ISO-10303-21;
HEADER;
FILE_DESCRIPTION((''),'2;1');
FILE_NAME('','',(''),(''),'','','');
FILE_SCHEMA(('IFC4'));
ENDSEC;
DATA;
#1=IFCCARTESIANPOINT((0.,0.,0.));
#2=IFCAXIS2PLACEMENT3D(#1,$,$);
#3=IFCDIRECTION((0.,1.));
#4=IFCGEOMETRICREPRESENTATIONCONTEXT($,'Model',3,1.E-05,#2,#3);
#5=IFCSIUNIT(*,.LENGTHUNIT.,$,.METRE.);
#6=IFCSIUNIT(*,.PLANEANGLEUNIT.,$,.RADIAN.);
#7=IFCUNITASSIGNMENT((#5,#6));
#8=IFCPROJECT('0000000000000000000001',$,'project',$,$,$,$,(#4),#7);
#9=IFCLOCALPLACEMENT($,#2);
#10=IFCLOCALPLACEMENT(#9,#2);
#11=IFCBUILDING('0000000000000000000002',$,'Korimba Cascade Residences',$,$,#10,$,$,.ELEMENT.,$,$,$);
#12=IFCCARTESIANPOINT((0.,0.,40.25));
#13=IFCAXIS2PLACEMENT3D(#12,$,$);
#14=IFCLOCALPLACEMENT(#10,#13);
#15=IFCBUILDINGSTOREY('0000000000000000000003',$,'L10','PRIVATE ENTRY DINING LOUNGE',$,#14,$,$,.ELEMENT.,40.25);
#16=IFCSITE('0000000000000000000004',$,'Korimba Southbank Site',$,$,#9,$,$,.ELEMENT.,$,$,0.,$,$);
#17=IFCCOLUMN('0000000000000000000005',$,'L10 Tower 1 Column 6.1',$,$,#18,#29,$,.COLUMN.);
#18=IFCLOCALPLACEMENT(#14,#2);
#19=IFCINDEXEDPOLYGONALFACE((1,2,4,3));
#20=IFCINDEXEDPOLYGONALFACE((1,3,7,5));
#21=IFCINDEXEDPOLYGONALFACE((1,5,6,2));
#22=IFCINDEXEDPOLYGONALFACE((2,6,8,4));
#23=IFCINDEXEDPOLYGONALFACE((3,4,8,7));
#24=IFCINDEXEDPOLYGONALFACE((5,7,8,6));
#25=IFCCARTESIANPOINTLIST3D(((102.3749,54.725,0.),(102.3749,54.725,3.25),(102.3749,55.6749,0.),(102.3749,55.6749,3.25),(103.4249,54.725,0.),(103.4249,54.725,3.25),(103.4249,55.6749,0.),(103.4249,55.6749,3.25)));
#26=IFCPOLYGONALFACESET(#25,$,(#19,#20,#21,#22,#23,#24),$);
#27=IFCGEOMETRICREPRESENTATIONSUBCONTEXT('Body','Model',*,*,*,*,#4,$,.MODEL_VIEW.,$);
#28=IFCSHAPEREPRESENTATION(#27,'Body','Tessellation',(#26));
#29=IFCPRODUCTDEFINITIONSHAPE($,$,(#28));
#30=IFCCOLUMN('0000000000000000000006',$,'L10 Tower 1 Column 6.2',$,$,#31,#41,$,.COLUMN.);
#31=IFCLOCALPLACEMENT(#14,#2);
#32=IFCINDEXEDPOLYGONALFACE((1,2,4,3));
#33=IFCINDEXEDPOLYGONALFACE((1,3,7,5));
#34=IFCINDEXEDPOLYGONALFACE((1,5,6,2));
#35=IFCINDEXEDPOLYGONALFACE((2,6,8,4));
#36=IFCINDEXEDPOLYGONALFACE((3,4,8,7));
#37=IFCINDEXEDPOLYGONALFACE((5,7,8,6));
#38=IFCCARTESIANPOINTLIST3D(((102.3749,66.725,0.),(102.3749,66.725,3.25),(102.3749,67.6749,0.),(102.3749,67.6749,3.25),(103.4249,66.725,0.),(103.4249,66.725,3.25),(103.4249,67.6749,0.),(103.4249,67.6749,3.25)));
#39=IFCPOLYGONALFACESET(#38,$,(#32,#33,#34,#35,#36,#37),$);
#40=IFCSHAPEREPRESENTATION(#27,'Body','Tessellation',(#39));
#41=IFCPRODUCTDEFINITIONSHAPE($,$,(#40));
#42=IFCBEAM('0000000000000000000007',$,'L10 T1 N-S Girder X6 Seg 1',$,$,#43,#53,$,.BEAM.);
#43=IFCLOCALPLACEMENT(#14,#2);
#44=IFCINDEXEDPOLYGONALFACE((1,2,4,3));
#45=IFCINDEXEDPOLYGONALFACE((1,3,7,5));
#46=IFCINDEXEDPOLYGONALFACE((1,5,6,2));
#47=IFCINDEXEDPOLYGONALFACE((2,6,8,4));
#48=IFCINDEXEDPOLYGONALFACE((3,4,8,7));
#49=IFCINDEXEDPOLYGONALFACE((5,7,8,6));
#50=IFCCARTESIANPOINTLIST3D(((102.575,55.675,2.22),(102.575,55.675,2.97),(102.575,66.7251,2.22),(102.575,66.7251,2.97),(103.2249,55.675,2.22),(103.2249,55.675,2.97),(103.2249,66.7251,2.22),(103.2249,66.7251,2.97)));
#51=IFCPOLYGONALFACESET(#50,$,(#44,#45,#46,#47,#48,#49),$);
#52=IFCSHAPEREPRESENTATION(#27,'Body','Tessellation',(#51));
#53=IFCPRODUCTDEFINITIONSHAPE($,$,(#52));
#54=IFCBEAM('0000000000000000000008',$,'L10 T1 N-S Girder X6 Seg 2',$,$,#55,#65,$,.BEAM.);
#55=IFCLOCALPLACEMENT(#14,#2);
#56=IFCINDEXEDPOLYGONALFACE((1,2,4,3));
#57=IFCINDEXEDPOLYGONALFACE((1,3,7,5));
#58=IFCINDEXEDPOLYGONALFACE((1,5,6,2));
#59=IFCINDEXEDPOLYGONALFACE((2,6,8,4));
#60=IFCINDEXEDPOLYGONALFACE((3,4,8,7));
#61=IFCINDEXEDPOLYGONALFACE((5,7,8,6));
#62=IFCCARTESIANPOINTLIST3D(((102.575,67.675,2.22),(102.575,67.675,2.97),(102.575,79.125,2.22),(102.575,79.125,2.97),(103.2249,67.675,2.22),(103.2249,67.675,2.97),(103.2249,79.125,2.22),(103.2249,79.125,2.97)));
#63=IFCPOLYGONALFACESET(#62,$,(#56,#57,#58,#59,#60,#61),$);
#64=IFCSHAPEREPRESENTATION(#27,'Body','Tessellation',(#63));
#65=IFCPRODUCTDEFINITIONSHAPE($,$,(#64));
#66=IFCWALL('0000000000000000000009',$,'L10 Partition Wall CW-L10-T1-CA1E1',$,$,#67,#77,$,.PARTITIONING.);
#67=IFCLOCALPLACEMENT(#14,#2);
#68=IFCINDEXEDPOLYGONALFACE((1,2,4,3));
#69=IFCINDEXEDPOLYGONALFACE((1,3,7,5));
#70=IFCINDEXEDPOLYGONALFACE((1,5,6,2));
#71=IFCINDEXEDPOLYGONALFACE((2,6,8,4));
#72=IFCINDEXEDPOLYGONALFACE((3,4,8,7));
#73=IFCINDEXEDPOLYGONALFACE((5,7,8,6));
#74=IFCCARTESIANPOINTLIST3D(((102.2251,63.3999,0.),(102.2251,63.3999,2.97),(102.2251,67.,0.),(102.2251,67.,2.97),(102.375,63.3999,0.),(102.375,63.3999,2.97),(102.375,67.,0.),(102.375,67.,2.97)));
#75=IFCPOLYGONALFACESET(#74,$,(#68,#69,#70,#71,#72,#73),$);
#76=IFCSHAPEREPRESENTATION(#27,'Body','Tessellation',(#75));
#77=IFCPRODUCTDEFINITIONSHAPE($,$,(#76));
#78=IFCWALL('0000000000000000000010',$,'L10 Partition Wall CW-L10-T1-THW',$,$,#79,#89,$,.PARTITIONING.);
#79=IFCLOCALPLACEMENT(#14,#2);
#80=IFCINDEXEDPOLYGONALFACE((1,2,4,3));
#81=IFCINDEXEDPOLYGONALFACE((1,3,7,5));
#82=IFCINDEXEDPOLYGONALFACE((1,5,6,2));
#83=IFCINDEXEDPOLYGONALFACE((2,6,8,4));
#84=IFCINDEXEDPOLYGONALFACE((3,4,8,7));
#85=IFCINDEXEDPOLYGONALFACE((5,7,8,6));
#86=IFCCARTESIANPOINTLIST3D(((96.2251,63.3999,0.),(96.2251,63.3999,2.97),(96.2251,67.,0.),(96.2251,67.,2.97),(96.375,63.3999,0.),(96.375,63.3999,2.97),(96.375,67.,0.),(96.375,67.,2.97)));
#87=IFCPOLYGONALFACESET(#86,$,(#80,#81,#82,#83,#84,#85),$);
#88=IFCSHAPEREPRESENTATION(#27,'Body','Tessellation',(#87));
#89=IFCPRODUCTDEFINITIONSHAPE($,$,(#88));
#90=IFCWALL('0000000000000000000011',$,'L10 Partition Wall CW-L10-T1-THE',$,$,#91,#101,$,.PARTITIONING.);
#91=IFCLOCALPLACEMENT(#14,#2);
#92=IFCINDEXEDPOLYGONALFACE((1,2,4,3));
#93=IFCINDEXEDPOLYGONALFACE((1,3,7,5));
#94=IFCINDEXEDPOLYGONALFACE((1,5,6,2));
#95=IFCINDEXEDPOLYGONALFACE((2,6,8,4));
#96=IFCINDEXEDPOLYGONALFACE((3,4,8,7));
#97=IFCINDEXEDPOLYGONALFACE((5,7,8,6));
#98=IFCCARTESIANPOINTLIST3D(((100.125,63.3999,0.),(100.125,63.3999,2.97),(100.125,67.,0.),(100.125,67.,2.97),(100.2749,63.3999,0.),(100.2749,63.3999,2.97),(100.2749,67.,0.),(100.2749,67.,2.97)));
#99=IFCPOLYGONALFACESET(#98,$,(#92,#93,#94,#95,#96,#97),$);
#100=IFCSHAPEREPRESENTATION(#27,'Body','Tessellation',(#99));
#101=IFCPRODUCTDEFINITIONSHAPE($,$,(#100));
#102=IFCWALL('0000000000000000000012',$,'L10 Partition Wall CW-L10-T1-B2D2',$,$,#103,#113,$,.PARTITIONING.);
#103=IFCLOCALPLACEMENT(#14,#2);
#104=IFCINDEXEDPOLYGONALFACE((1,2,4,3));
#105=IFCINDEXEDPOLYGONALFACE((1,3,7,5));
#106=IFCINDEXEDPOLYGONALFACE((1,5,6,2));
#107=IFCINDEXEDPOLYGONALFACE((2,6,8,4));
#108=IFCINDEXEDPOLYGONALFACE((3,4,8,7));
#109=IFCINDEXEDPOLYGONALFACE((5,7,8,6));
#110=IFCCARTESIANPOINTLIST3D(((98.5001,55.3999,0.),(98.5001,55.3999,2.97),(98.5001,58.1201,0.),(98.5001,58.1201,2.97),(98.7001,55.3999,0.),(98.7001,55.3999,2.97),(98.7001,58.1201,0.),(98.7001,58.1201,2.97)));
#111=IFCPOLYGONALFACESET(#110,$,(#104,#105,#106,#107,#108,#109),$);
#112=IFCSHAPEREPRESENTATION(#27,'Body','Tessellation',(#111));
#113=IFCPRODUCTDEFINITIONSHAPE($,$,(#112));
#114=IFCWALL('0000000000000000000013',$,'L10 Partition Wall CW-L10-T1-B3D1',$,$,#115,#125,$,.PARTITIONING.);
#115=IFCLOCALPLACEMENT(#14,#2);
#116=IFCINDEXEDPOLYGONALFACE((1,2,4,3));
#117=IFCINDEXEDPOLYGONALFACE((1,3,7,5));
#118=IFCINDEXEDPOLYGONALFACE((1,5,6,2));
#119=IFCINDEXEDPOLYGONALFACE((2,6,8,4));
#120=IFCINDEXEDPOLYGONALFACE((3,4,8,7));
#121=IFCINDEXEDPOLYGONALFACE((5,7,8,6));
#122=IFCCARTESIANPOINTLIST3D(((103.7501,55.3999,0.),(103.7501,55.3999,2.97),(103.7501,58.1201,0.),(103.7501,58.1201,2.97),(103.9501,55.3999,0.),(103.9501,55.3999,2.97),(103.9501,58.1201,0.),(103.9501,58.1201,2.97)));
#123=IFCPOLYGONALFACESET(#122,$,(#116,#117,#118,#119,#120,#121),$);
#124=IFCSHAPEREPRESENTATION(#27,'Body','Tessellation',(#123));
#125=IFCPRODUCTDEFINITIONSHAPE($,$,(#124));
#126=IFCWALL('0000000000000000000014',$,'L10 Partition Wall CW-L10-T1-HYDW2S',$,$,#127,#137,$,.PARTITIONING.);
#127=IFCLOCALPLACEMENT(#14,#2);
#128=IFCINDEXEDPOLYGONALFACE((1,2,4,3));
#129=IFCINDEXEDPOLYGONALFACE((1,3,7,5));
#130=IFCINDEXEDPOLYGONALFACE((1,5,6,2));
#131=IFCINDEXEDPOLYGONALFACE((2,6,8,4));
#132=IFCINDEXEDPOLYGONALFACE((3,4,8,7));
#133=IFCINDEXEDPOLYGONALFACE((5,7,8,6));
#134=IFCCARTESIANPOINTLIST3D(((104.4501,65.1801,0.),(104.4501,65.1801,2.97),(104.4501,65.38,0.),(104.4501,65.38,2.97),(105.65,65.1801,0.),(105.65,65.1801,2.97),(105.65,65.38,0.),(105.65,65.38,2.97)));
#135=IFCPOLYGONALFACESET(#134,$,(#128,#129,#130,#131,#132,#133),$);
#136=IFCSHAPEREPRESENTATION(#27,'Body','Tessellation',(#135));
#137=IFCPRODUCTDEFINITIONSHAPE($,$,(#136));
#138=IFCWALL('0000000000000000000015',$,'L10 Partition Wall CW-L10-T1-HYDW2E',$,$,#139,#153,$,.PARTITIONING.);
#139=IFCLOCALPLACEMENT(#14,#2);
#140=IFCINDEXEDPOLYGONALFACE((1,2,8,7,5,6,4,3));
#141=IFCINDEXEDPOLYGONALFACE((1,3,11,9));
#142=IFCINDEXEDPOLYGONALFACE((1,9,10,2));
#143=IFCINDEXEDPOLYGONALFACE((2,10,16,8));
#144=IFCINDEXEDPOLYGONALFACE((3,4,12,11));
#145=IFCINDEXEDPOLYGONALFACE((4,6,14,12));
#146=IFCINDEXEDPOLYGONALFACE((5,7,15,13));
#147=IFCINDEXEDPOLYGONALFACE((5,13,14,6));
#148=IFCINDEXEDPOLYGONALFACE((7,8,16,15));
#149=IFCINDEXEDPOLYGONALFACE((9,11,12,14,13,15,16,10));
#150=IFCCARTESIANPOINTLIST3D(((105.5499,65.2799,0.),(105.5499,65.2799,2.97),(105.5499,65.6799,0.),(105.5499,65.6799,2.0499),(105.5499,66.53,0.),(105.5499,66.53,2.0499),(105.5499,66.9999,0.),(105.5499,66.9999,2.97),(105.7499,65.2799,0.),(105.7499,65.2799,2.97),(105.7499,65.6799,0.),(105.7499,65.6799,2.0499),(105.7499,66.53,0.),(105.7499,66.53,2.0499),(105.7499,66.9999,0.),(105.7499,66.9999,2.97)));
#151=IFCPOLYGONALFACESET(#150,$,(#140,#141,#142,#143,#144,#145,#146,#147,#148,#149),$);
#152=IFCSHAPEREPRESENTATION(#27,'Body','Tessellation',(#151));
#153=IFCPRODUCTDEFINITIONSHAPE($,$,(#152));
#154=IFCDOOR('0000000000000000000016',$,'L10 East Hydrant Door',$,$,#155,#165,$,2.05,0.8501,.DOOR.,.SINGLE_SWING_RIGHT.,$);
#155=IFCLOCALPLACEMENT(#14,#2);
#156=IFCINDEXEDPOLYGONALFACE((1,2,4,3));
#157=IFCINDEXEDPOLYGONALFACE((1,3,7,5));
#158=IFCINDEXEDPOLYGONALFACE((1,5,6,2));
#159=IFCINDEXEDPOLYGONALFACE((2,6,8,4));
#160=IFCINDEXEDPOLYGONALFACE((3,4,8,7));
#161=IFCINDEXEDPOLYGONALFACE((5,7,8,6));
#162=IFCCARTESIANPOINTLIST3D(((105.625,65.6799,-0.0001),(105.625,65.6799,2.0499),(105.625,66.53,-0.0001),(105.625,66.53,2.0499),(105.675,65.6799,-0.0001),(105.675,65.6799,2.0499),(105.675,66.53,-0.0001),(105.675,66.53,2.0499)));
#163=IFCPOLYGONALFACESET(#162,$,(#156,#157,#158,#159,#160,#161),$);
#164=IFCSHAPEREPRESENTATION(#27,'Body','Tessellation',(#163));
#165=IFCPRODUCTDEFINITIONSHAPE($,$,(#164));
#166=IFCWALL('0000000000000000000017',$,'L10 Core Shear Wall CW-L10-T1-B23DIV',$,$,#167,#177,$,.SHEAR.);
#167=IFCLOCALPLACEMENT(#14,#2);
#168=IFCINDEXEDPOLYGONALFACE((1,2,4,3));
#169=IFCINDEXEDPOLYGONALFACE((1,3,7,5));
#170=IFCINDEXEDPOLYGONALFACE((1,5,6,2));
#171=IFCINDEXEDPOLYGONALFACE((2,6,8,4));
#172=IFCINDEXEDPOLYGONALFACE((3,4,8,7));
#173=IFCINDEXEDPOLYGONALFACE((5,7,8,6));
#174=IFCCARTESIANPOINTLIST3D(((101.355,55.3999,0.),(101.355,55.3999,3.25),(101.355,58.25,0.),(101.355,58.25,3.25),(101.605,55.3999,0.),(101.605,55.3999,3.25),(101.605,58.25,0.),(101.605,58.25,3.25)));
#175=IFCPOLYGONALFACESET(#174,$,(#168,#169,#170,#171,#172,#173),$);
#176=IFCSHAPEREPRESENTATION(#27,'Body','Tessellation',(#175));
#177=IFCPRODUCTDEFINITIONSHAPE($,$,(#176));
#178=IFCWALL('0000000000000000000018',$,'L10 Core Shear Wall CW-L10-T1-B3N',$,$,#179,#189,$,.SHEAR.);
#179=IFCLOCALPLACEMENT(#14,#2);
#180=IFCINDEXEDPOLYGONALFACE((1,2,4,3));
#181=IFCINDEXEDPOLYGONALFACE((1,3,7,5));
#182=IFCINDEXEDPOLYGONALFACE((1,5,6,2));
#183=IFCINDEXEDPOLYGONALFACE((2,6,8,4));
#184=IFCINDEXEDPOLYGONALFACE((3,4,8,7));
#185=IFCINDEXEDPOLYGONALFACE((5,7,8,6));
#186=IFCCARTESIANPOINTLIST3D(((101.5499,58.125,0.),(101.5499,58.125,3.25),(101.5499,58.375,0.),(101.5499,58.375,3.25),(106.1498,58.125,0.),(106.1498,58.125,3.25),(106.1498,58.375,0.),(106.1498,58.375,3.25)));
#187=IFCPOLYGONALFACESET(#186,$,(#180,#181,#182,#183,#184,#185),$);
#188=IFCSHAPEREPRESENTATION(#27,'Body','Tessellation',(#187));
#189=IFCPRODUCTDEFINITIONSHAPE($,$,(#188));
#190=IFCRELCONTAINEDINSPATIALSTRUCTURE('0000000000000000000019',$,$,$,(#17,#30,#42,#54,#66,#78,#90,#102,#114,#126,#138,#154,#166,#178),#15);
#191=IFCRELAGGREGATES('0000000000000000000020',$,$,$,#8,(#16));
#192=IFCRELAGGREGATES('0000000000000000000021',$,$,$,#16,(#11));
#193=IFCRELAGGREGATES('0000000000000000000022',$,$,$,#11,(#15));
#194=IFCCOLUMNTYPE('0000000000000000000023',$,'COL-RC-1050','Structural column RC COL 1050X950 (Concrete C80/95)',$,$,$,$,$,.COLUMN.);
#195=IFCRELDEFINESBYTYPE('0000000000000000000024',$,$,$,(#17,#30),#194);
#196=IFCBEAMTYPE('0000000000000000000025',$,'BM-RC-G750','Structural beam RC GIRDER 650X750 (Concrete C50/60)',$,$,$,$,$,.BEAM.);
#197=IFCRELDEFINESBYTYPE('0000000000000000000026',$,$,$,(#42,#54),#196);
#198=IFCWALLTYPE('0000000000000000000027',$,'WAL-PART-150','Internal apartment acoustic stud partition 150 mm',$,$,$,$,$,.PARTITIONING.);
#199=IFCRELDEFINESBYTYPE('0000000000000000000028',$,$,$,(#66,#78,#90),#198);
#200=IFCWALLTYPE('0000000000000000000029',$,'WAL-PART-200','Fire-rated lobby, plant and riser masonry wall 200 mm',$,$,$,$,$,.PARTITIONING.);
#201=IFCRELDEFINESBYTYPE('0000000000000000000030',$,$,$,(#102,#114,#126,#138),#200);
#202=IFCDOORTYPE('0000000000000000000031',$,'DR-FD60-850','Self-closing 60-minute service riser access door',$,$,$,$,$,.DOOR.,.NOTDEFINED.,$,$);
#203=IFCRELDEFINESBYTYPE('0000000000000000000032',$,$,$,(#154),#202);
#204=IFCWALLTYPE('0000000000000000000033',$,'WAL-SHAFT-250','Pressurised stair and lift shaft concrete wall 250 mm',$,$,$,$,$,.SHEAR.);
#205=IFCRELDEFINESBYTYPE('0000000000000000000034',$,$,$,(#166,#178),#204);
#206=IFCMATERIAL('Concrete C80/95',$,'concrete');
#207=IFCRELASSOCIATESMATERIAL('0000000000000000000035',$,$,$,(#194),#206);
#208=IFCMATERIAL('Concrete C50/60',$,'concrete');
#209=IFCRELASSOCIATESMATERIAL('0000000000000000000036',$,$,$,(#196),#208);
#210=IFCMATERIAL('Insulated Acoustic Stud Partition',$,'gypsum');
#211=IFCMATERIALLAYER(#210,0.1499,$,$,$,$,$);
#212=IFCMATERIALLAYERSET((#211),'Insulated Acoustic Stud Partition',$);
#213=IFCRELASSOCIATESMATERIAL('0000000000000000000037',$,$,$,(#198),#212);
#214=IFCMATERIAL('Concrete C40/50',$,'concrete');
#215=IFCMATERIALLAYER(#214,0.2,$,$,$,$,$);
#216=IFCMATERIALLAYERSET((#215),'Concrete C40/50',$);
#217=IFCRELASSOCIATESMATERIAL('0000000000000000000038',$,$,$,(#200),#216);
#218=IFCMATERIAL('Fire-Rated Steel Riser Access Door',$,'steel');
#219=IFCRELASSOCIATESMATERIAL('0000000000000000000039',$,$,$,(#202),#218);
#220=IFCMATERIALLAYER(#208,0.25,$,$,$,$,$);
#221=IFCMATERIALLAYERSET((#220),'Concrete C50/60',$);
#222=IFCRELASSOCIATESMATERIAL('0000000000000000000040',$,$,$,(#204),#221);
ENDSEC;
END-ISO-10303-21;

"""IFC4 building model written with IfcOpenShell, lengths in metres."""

from ifc_helpers import new_model, si_unit, direction, frame, frame_2d, origin, origin_2d, place, context, subcontext, project, spatial, rectangle, extrude, material, layer, layer_set, material_profile, profile_set, type_object, element, fill, save


model = new_model("IFC4")

# Units and contexts
model_context = context("Model", 3, precision=1e-05, world=origin(), true_north=direction((0.0, 1.0)))
body_context = subcontext(model_context, "Body", "Model", "MODEL_VIEW")
ifc_project = project(units=[si_unit("LENGTHUNIT", "METRE"), si_unit("PLANEANGLEUNIT", "RADIAN")], contexts=[model_context])

# Site, building, storey
site_placement = place(None, origin())
site = spatial("IfcSite", under=ifc_project, at=site_placement, Name="Korimba Southbank Site", CompositionType="ELEMENT", RefElevation=0.0)
building_placement = place(site_placement, origin())
building = spatial("IfcBuilding", under=site, at=building_placement, Name="Korimba Cascade Residences", CompositionType="ELEMENT")
storey_placement = place(building_placement, frame((0.0, 0.0, 40.25)))
storey = spatial("IfcBuildingStorey", under=building, at=storey_placement, Name="L10", Description="PRIVATE ENTRY DINING LOUNGE", CompositionType="ELEMENT", Elevation=40.25)

# Columns
ifc_material_1 = material(Name="Concrete C80/95", Category="concrete")
ifc_material_profile_1 = material_profile(ifc_material_1, rectangle(XDim=1.05, YDim=0.95, at=origin_2d()), Name="Concrete C80/95")
ifc_profile_set_1 = profile_set([ifc_material_profile_1], Name="Concrete C80/95")
column_type = type_object("IfcColumnType", Name="COL-RC-1050", Description="Structural column RC COL 1050X950 (Concrete C80/95)", PredefinedType="COLUMN", material=ifc_profile_set_1)
for number, where, z_axis, x_axis, name in (
    (1, (102.8999, 55.2, 0.0), (0.0, 0.0, 1.0), (1.0, 0.0, 0.0), "L10 Tower 1 Column 6.1"),
    (2, (102.8999, 67.2, 0.0), (0.0, 0.0, 1.0), (1.0, 0.0, 0.0), "L10 Tower 1 Column 6.2"),
):
    element("IfcColumn", number, at=place(storey_placement, frame(where, z_axis=z_axis, x_axis=x_axis)), inside=storey, type_object=column_type, Name=name, PredefinedType="COLUMN", context=body_context, shape_type="SweptSolid", body=[
        extrude(rectangle(XDim=1.05, YDim=0.95, at=origin_2d()), origin(), (0.0, 0.0, 1.0), 3.25),
    ])

# Beams
ifc_material_2 = material(Name="Concrete C50/60", Category="concrete")
ifc_material_profile_2 = material_profile(ifc_material_2, rectangle(XDim=0.6499, YDim=0.75, at=origin_2d()), Name="Concrete C50/60")
ifc_profile_set_2 = profile_set([ifc_material_profile_2], Name="Concrete C50/60")
beam_type = type_object("IfcBeamType", Name="BM-RC-G750", Description="Structural beam RC GIRDER 650X750 (Concrete C50/60)", PredefinedType="BEAM", material=ifc_profile_set_2)
beam_1_placement = place(storey_placement, frame((102.8999, 55.675, 2.595), z_axis=(0.0, 1.0, 0.0), x_axis=(-1.0, 0.0, 0.0)))
element("IfcBeam", 3, at=beam_1_placement, inside=storey, type_object=beam_type, Name="L10 T1 N-S Girder X6 Seg 1", PredefinedType="BEAM", context=body_context, shape_type="SweptSolid", body=[
    extrude(rectangle(XDim=0.6499, YDim=0.75, at=origin_2d()), origin(), (0.0, 0.0, 1.0), 11.05),
])
beam_2_placement = place(storey_placement, frame((102.8999, 67.675, 2.595), z_axis=(0.0, 1.0, 0.0), x_axis=(-1.0, 0.0, 0.0)))
element("IfcBeam", 4, at=beam_2_placement, inside=storey, type_object=beam_type, Name="L10 T1 N-S Girder X6 Seg 2", PredefinedType="BEAM", context=body_context, shape_type="SweptSolid", body=[
    extrude(rectangle(XDim=0.6499, YDim=0.75, at=origin_2d()), origin(), (0.0, 0.0, 1.0), 11.45),
])

# Walls
ifc_material_3 = material(Name="Insulated Acoustic Stud Partition", Category="gypsum")
ifc_layer_1 = layer(ifc_material_3, 0.1499)
ifc_layer_set_1 = layer_set([ifc_layer_1], Name="Insulated Acoustic Stud Partition")
wall_type_1 = type_object("IfcWallType", Name="WAL-PART-150", Description="Internal apartment acoustic stud partition 150 mm", PredefinedType="PARTITIONING", material=ifc_layer_set_1)
for number, where, z_axis, x_axis, name in (
    (5, (102.3, 63.3999, 0.0), (0.0, 0.0, 1.0), (0.0, 1.0, 0.0), "L10 Partition Wall CW-L10-T1-CA1E1"),
    (6, (96.3, 63.3999, 0.0), (0.0, 0.0, 1.0), (0.0, 1.0, 0.0), "L10 Partition Wall CW-L10-T1-THW"),
    (7, (100.2, 63.3999, 0.0), (0.0, 0.0, 1.0), (0.0, 1.0, 0.0), "L10 Partition Wall CW-L10-T1-THE"),
):
    element("IfcWall", number, at=place(storey_placement, frame(where, z_axis=z_axis, x_axis=x_axis)), inside=storey, type_object=wall_type_1, Name=name, PredefinedType="PARTITIONING", context=body_context, shape_type="SweptSolid", body=[
        extrude(rectangle(XDim=3.6001, YDim=0.1499, at=frame_2d((1.8, 0.0))), origin(), (0.0, 0.0, 1.0), 2.97),
    ])
ifc_material_4 = material(Name="Concrete C40/50", Category="concrete")
ifc_layer_2 = layer(ifc_material_4, 0.2)
ifc_layer_set_2 = layer_set([ifc_layer_2], Name="Concrete C40/50")
wall_type_2 = type_object("IfcWallType", Name="WAL-PART-200", Description="Fire-rated lobby, plant and riser masonry wall 200 mm", PredefinedType="PARTITIONING", material=ifc_layer_set_2)
for number, where, z_axis, x_axis, name in (
    (8, (98.6001, 55.3999, 0.0), (0.0, 0.0, 1.0), (0.0, 1.0, 0.0), "L10 Partition Wall CW-L10-T1-B2D2"),
    (9, (103.8501, 55.3999, 0.0), (0.0, 0.0, 1.0), (0.0, 1.0, 0.0), "L10 Partition Wall CW-L10-T1-B3D1"),
):
    element("IfcWall", number, at=place(storey_placement, frame(where, z_axis=z_axis, x_axis=x_axis)), inside=storey, type_object=wall_type_2, Name=name, PredefinedType="PARTITIONING", context=body_context, shape_type="SweptSolid", body=[
        extrude(rectangle(XDim=2.7202, YDim=0.2, at=frame_2d((1.3601, 0.0))), origin(), (0.0, 0.0, 1.0), 2.97),
    ])
wall_1_placement = place(storey_placement, frame((104.45, 65.28, 0.0), z_axis=(0.0, 0.0, 1.0), x_axis=(1.0, 0.0, 0.0)))
element("IfcWall", 10, at=wall_1_placement, inside=storey, type_object=wall_type_2, Name="L10 Partition Wall CW-L10-T1-HYDW2S", PredefinedType="PARTITIONING", context=body_context, shape_type="SweptSolid", body=[
    extrude(rectangle(XDim=1.2, YDim=0.2, at=frame_2d((0.6001, 0.0))), origin(), (0.0, 0.0, 1.0), 2.97),
])

# Wall, opening, door
wall_2_placement = place(storey_placement, frame((105.6499, 65.28, 0.0), z_axis=(0.0, 0.0, 1.0), x_axis=(0.0, 1.0, 0.0)))
wall_2 = element("IfcWall", 11, at=wall_2_placement, inside=storey, type_object=wall_type_2, Name="L10 Partition Wall CW-L10-T1-HYDW2E", PredefinedType="PARTITIONING", context=body_context, shape_type="SweptSolid", body=[
    extrude(rectangle(XDim=1.72, YDim=0.2, at=frame_2d((0.8599, 0.0))), origin(), (0.0, 0.0, 1.0), 2.97),
])
opening_1_placement = place(wall_2_placement, frame((0.3999, 0.0, 0.0)))
opening_1 = element("IfcOpeningElement", 12, at=opening_1_placement, cuts=wall_2, PredefinedType="OPENING", context=body_context, shape_type="SweptSolid", body=[
    extrude(rectangle(XDim=0.8501, YDim=2.05, at=frame_2d((0.425, 1.0249))), frame((0.0, 0.1099, 0.0), z_axis=(0.0, -1.0, 0.0), x_axis=(1.0, 0.0, 0.0)), (0.0, 0.0, 1.0), 0.22),
])
ifc_material_5 = material(Name="Fire-Rated Steel Riser Access Door", Category="steel")
door_type_1 = type_object("IfcDoorType", Name="DR-FD60-850", Description="Self-closing 60-minute service riser access door", OperationType="NOTDEFINED", PredefinedType="DOOR", material=ifc_material_5)
door_1_placement = place(opening_1_placement, origin())
door_1 = element("IfcDoor", 13, at=door_1_placement, inside=storey, type_object=door_type_1, Name="L10 East Hydrant Door", OperationType="SINGLE_SWING_RIGHT", OverallHeight=2.05, OverallWidth=0.8501, PredefinedType="DOOR", context=body_context, shape_type="SweptSolid", body=[
    extrude(rectangle(XDim=0.8501, YDim=2.05, at=frame_2d((0.425, 1.0249))), frame((0.0, 0.0249, 0.0), z_axis=(0.0, -1.0, 0.0), x_axis=(1.0, 0.0, 0.0)), (0.0, 0.0, 1.0), 0.05),
])
fill(opening_1, door_1)

# Walls
ifc_layer_3 = layer(ifc_material_2, 0.25)
ifc_layer_set_3 = layer_set([ifc_layer_3], Name="Concrete C50/60")
wall_type_3 = type_object("IfcWallType", Name="WAL-SHAFT-250", Description="Pressurised stair and lift shaft concrete wall 250 mm", PredefinedType="SHEAR", material=ifc_layer_set_3)
wall_3_placement = place(storey_placement, frame((101.48, 55.3999, 0.0), z_axis=(0.0, 0.0, 1.0), x_axis=(0.0, 1.0, 0.0)))
element("IfcWall", 14, at=wall_3_placement, inside=storey, type_object=wall_type_3, Name="L10 Core Shear Wall CW-L10-T1-B23DIV", PredefinedType="SHEAR", context=body_context, shape_type="SweptSolid", body=[
    extrude(rectangle(XDim=2.8501, YDim=0.25, at=frame_2d((1.425, 0.0))), origin(), (0.0, 0.0, 1.0), 3.25),
])
wall_4_placement = place(storey_placement, frame((101.55, 58.25, 0.0), z_axis=(0.0, 0.0, 1.0), x_axis=(1.0, 0.0, 0.0)))
element("IfcWall", 15, at=wall_4_placement, inside=storey, type_object=wall_type_3, Name="L10 Core Shear Wall CW-L10-T1-B3N", PredefinedType="SHEAR", context=body_context, shape_type="SweptSolid", body=[
    extrude(rectangle(XDim=4.5999, YDim=0.25, at=frame_2d((2.2998, 0.0))), origin(), (0.0, 0.0, 1.0), 3.25),
])

save(model, "model.ifc")
